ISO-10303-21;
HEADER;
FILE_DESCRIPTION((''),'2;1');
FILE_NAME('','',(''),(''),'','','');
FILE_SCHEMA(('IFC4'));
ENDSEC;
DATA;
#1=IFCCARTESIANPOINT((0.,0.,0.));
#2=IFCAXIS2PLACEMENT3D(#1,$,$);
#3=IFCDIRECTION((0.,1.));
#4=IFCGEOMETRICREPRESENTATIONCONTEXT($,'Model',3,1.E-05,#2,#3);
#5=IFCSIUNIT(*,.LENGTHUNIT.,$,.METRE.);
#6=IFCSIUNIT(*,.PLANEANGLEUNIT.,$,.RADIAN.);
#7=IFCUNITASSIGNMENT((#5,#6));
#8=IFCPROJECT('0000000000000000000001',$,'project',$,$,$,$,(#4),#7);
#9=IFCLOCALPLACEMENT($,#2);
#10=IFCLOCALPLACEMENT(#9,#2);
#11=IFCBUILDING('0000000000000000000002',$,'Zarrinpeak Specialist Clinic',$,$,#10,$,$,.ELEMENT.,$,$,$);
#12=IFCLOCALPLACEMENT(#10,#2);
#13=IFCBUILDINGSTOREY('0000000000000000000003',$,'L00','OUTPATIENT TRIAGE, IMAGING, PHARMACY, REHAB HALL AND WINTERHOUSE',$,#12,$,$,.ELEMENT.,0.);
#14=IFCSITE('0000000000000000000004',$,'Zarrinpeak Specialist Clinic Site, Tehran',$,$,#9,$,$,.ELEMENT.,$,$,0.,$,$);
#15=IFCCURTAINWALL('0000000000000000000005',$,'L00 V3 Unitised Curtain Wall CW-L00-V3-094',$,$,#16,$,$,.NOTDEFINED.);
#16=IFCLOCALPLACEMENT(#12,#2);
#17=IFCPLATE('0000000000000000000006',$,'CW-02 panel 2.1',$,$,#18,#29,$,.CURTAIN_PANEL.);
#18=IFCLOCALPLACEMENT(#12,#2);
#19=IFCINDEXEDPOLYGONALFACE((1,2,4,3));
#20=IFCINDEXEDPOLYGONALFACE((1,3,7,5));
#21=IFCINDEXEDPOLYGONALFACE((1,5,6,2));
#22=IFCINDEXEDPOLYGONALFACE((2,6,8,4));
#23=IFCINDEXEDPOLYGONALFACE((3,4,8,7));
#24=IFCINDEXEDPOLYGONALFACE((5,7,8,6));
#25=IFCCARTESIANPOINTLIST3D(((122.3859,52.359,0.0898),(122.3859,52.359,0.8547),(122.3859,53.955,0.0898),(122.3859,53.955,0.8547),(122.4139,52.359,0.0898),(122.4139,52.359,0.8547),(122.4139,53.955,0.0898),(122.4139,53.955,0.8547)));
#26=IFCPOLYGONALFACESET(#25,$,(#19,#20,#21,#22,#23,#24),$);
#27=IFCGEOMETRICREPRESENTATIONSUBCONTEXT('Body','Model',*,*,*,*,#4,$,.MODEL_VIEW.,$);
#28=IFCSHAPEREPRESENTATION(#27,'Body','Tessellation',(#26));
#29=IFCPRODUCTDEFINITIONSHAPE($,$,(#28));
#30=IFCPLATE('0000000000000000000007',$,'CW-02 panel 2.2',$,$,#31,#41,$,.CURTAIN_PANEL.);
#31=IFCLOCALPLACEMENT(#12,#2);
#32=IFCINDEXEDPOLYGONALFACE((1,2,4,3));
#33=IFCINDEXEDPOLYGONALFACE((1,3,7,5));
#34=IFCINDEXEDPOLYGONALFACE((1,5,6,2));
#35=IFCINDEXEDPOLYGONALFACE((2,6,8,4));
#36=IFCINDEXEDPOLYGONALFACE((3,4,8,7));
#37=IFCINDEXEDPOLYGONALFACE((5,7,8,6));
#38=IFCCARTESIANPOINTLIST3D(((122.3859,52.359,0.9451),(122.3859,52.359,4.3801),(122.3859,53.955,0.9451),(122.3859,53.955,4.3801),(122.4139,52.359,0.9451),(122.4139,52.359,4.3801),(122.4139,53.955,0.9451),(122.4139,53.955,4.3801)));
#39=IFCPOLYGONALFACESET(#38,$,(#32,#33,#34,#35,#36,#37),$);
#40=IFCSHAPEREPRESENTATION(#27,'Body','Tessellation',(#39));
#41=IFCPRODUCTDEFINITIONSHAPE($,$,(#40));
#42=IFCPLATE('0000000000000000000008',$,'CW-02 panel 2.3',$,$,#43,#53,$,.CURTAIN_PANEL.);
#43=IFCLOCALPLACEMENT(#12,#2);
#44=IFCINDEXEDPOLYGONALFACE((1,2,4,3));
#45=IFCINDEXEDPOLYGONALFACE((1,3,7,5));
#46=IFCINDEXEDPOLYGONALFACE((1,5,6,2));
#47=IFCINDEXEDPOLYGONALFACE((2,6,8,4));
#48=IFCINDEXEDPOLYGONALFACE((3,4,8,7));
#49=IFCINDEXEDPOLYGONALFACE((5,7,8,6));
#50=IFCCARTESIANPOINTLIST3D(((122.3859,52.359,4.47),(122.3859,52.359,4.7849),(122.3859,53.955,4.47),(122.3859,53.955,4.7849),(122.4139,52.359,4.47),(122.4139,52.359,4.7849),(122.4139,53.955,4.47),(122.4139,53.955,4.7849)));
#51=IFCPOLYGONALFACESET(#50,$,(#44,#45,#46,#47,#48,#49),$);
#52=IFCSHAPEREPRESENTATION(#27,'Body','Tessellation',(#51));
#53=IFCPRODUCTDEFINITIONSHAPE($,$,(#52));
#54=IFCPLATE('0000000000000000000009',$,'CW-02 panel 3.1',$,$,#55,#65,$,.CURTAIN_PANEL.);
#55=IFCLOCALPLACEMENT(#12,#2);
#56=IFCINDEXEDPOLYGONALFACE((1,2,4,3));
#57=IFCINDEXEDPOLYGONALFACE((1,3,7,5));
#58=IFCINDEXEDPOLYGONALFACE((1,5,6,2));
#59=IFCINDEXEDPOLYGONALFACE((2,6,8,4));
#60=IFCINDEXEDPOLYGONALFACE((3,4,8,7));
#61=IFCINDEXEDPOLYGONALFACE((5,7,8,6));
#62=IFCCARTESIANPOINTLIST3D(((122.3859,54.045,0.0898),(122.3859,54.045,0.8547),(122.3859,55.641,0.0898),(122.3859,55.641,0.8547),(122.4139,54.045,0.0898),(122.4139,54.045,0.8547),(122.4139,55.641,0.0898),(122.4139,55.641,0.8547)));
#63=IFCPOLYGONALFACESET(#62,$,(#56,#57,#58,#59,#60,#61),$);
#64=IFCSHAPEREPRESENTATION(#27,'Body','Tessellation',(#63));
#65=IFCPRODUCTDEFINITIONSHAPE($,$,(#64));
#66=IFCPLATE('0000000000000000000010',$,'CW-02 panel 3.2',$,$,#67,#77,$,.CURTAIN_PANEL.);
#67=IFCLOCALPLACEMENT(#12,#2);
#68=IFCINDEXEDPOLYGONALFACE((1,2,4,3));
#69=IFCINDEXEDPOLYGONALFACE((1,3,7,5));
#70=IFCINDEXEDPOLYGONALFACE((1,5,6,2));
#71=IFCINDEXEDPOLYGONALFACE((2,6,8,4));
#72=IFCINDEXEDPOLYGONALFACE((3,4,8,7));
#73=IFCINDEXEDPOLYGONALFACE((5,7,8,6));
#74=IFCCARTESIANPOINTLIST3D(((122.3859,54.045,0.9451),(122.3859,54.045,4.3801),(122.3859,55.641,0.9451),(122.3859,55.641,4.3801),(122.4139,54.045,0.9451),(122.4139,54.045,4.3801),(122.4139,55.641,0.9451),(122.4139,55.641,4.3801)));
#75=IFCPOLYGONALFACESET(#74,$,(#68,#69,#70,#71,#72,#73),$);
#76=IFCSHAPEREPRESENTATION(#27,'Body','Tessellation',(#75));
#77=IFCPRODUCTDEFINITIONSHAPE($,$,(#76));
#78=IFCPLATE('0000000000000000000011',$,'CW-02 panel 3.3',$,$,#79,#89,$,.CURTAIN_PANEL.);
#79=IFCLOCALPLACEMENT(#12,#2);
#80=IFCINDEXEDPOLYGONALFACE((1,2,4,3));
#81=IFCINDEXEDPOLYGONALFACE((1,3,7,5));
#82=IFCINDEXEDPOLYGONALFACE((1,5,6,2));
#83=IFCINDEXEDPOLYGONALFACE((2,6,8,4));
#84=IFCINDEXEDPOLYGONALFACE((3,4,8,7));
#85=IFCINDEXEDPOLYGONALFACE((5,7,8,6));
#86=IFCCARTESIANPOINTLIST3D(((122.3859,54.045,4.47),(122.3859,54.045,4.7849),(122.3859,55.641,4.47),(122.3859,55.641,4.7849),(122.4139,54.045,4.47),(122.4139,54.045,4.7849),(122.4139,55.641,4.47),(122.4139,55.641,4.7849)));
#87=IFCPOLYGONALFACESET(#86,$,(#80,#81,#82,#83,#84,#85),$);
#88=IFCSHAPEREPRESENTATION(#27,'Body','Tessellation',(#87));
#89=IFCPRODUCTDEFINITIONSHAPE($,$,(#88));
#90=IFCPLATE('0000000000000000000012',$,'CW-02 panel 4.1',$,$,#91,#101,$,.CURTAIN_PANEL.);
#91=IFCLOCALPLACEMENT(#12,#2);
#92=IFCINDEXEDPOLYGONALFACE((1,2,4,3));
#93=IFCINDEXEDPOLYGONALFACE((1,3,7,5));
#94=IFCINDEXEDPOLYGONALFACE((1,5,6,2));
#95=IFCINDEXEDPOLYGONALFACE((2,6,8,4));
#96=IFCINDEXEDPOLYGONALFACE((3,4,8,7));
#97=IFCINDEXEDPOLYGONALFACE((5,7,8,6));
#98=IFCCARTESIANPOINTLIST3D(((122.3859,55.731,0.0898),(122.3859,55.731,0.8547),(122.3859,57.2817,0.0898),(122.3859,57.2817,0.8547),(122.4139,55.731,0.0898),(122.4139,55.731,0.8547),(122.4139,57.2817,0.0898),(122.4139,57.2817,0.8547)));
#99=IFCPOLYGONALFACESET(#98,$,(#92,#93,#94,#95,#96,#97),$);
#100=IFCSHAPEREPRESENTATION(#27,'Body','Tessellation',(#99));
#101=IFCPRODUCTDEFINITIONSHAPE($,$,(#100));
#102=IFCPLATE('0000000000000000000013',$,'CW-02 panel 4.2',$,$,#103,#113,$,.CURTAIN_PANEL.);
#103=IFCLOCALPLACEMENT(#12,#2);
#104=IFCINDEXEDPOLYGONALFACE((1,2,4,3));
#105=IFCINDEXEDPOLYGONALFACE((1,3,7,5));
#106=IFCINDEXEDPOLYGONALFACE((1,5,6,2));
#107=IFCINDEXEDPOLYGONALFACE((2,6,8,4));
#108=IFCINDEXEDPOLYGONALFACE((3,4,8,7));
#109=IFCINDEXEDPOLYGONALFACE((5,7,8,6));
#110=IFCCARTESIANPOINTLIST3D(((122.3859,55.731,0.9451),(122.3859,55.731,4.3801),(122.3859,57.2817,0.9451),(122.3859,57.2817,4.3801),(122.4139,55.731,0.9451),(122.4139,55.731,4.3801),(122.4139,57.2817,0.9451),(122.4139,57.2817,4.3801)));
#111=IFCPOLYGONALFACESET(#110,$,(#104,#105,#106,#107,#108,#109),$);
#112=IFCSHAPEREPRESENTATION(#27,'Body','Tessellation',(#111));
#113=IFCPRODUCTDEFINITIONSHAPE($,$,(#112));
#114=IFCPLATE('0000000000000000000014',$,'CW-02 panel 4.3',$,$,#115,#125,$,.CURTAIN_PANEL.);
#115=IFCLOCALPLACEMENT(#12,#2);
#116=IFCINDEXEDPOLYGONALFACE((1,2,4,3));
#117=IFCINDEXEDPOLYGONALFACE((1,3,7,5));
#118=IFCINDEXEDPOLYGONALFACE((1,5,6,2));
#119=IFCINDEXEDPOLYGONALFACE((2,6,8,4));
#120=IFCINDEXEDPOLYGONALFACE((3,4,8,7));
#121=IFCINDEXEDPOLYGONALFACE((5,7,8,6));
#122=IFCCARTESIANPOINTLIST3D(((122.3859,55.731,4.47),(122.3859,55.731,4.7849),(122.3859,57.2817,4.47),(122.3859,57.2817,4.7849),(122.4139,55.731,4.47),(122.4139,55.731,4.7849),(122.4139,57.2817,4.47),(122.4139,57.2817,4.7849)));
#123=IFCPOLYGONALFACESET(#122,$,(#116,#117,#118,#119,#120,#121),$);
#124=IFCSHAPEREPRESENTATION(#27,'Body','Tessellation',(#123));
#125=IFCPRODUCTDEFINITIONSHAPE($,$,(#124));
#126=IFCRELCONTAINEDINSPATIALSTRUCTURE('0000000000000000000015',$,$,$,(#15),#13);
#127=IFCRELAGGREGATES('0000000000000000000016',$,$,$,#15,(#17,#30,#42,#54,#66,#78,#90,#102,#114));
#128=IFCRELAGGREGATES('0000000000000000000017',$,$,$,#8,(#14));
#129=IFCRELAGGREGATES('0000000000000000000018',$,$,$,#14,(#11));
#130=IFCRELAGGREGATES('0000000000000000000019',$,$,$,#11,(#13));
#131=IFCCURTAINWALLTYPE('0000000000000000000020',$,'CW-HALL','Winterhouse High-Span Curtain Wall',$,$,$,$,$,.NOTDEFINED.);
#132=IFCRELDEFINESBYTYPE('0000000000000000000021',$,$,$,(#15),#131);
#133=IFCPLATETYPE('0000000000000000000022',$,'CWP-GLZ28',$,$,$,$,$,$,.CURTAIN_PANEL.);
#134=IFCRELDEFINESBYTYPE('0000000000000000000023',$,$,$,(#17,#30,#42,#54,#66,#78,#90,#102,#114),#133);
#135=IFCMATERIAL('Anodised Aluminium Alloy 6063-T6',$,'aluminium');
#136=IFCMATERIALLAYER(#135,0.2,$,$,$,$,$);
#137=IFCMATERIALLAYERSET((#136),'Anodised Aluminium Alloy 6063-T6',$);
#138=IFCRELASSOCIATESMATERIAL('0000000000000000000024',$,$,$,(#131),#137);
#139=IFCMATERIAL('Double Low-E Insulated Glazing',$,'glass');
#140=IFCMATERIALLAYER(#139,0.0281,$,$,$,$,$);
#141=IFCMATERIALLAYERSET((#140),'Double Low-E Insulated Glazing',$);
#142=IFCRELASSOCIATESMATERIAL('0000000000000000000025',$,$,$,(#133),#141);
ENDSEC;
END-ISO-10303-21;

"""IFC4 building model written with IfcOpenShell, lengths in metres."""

from ifc_helpers import new_model, si_unit, direction, frame, origin, origin_2d, place, context, subcontext, project, spatial, rectangle, extrude, material, layer, layer_set, type_object, element, aggregate, save


model = new_model("IFC4")

# Units and contexts
model_context = context("Model", 3, precision=1e-05, world=origin(), true_north=direction((0.0, 1.0)))
body_context = subcontext(model_context, "Body", "Model", "MODEL_VIEW")
ifc_project = project(units=[si_unit("LENGTHUNIT", "METRE"), si_unit("PLANEANGLEUNIT", "RADIAN")], contexts=[model_context])

# Site, building, storey
site_placement = place(None, origin())
site = spatial("IfcSite", under=ifc_project, at=site_placement, Name="Zarrinpeak Specialist Clinic Site, Tehran", CompositionType="ELEMENT", RefElevation=0.0)
building_placement = place(site_placement, origin())
building = spatial("IfcBuilding", under=site, at=building_placement, Name="Zarrinpeak Specialist Clinic", CompositionType="ELEMENT")
storey_placement = place(building_placement, origin())
storey = spatial("IfcBuildingStorey", under=building, at=storey_placement, Name="L00", Description="OUTPATIENT TRIAGE, IMAGING, PHARMACY, REHAB HALL AND WINTERHOUSE", CompositionType="ELEMENT", Elevation=0.0)

# Curtain wall, plates
ifc_material_1 = material(Name="Anodised Aluminium Alloy 6063-T6", Category="aluminium")
ifc_layer_1 = layer(ifc_material_1, 0.2)
ifc_layer_set_1 = layer_set([ifc_layer_1], Name="Anodised Aluminium Alloy 6063-T6")
curtain_wall_type = type_object("IfcCurtainWallType", Name="CW-HALL", Description="Winterhouse High-Span Curtain Wall", PredefinedType="NOTDEFINED", material=ifc_layer_set_1)
curtain_wall_placement = place(storey_placement, origin())
curtain_wall = element("IfcCurtainWall", 1, at=curtain_wall_placement, inside=storey, type_object=curtain_wall_type, Name="L00 V3 Unitised Curtain Wall CW-L00-V3-094", PredefinedType="NOTDEFINED")
ifc_material_2 = material(Name="Double Low-E Insulated Glazing", Category="glass")
ifc_layer_2 = layer(ifc_material_2, 0.0281)
ifc_layer_set_2 = layer_set([ifc_layer_2], Name="Double Low-E Insulated Glazing")
plate_type = type_object("IfcPlateType", Name="CWP-GLZ28", PredefinedType="CURTAIN_PANEL", material=ifc_layer_set_2)
plate_1_placement = place(storey_placement, frame((122.3999, 53.157, 0.0898), z_axis=(0.0, 0.0, 1.0), x_axis=(0.0, 1.0, 0.0)))
plate_1 = element("IfcPlate", 2, at=plate_1_placement, type_object=plate_type, Name="CW-02 panel 2.1", PredefinedType="CURTAIN_PANEL", context=body_context, shape_type="SweptSolid", body=[
    extrude(rectangle(XDim=1.5959, YDim=0.0281, at=origin_2d()), origin(), (0.0, 0.0, 1.0), 0.7649),
])
plate_2_placement = place(storey_placement, frame((122.3999, 53.157, 0.9451), z_axis=(0.0, 0.0, 1.0), x_axis=(0.0, 1.0, 0.0)))
plate_2 = element("IfcPlate", 3, at=plate_2_placement, type_object=plate_type, Name="CW-02 panel 2.2", PredefinedType="CURTAIN_PANEL", context=body_context, shape_type="SweptSolid", body=[
    extrude(rectangle(XDim=1.5959, YDim=0.0281, at=origin_2d()), origin(), (0.0, 0.0, 1.0), 3.4351),
])
plate_3_placement = place(storey_placement, frame((122.3999, 53.157, 4.47), z_axis=(0.0, 0.0, 1.0), x_axis=(0.0, 1.0, 0.0)))
plate_3 = element("IfcPlate", 4, at=plate_3_placement, type_object=plate_type, Name="CW-02 panel 2.3", PredefinedType="CURTAIN_PANEL", context=body_context, shape_type="SweptSolid", body=[
    extrude(rectangle(XDim=1.5959, YDim=0.0281, at=origin_2d()), origin(), (0.0, 0.0, 1.0), 0.3149),
])
plate_4_placement = place(storey_placement, frame((122.3999, 54.843, 0.0898), z_axis=(0.0, 0.0, 1.0), x_axis=(0.0, 1.0, 0.0)))
plate_4 = element("IfcPlate", 5, at=plate_4_placement, type_object=plate_type, Name="CW-02 panel 3.1", PredefinedType="CURTAIN_PANEL", context=body_context, shape_type="SweptSolid", body=[
    extrude(rectangle(XDim=1.5959, YDim=0.0281, at=origin_2d()), origin(), (0.0, 0.0, 1.0), 0.7649),
])
plate_5_placement = place(storey_placement, frame((122.3999, 54.843, 0.9451), z_axis=(0.0, 0.0, 1.0), x_axis=(0.0, 1.0, 0.0)))
plate_5 = element("IfcPlate", 6, at=plate_5_placement, type_object=plate_type, Name="CW-02 panel 3.2", PredefinedType="CURTAIN_PANEL", context=body_context, shape_type="SweptSolid", body=[
    extrude(rectangle(XDim=1.5959, YDim=0.0281, at=origin_2d()), origin(), (0.0, 0.0, 1.0), 3.4351),
])
plate_6_placement = place(storey_placement, frame((122.3999, 54.843, 4.47), z_axis=(0.0, 0.0, 1.0), x_axis=(0.0, 1.0, 0.0)))
plate_6 = element("IfcPlate", 7, at=plate_6_placement, type_object=plate_type, Name="CW-02 panel 3.3", PredefinedType="CURTAIN_PANEL", context=body_context, shape_type="SweptSolid", body=[
    extrude(rectangle(XDim=1.5959, YDim=0.0281, at=origin_2d()), origin(), (0.0, 0.0, 1.0), 0.3149),
])
plate_7_placement = place(storey_placement, frame((122.3999, 56.5063, 0.0898), z_axis=(0.0, 0.0, 1.0), x_axis=(0.0, 1.0, 0.0)))
plate_7 = element("IfcPlate", 8, at=plate_7_placement, type_object=plate_type, Name="CW-02 panel 4.1", PredefinedType="CURTAIN_PANEL", context=body_context, shape_type="SweptSolid", body=[
    extrude(rectangle(XDim=1.5508, YDim=0.0281, at=origin_2d()), origin(), (0.0, 0.0, 1.0), 0.7649),
])
plate_8_placement = place(storey_placement, frame((122.3999, 56.5063, 0.9451), z_axis=(0.0, 0.0, 1.0), x_axis=(0.0, 1.0, 0.0)))
plate_8 = element("IfcPlate", 9, at=plate_8_placement, type_object=plate_type, Name="CW-02 panel 4.2", PredefinedType="CURTAIN_PANEL", context=body_context, shape_type="SweptSolid", body=[
    extrude(rectangle(XDim=1.5508, YDim=0.0281, at=origin_2d()), origin(), (0.0, 0.0, 1.0), 3.4351),
])
plate_9_placement = place(storey_placement, frame((122.3999, 56.5063, 4.47), z_axis=(0.0, 0.0, 1.0), x_axis=(0.0, 1.0, 0.0)))
plate_9 = element("IfcPlate", 10, at=plate_9_placement, type_object=plate_type, Name="CW-02 panel 4.3", PredefinedType="CURTAIN_PANEL", context=body_context, shape_type="SweptSolid", body=[
    extrude(rectangle(XDim=1.5508, YDim=0.0281, at=origin_2d()), origin(), (0.0, 0.0, 1.0), 0.3149),
])
aggregate(curtain_wall, [plate_1, plate_2, plate_3, plate_4, plate_5, plate_6, plate_7, plate_8, plate_9])

save(model, "model.ifc")
